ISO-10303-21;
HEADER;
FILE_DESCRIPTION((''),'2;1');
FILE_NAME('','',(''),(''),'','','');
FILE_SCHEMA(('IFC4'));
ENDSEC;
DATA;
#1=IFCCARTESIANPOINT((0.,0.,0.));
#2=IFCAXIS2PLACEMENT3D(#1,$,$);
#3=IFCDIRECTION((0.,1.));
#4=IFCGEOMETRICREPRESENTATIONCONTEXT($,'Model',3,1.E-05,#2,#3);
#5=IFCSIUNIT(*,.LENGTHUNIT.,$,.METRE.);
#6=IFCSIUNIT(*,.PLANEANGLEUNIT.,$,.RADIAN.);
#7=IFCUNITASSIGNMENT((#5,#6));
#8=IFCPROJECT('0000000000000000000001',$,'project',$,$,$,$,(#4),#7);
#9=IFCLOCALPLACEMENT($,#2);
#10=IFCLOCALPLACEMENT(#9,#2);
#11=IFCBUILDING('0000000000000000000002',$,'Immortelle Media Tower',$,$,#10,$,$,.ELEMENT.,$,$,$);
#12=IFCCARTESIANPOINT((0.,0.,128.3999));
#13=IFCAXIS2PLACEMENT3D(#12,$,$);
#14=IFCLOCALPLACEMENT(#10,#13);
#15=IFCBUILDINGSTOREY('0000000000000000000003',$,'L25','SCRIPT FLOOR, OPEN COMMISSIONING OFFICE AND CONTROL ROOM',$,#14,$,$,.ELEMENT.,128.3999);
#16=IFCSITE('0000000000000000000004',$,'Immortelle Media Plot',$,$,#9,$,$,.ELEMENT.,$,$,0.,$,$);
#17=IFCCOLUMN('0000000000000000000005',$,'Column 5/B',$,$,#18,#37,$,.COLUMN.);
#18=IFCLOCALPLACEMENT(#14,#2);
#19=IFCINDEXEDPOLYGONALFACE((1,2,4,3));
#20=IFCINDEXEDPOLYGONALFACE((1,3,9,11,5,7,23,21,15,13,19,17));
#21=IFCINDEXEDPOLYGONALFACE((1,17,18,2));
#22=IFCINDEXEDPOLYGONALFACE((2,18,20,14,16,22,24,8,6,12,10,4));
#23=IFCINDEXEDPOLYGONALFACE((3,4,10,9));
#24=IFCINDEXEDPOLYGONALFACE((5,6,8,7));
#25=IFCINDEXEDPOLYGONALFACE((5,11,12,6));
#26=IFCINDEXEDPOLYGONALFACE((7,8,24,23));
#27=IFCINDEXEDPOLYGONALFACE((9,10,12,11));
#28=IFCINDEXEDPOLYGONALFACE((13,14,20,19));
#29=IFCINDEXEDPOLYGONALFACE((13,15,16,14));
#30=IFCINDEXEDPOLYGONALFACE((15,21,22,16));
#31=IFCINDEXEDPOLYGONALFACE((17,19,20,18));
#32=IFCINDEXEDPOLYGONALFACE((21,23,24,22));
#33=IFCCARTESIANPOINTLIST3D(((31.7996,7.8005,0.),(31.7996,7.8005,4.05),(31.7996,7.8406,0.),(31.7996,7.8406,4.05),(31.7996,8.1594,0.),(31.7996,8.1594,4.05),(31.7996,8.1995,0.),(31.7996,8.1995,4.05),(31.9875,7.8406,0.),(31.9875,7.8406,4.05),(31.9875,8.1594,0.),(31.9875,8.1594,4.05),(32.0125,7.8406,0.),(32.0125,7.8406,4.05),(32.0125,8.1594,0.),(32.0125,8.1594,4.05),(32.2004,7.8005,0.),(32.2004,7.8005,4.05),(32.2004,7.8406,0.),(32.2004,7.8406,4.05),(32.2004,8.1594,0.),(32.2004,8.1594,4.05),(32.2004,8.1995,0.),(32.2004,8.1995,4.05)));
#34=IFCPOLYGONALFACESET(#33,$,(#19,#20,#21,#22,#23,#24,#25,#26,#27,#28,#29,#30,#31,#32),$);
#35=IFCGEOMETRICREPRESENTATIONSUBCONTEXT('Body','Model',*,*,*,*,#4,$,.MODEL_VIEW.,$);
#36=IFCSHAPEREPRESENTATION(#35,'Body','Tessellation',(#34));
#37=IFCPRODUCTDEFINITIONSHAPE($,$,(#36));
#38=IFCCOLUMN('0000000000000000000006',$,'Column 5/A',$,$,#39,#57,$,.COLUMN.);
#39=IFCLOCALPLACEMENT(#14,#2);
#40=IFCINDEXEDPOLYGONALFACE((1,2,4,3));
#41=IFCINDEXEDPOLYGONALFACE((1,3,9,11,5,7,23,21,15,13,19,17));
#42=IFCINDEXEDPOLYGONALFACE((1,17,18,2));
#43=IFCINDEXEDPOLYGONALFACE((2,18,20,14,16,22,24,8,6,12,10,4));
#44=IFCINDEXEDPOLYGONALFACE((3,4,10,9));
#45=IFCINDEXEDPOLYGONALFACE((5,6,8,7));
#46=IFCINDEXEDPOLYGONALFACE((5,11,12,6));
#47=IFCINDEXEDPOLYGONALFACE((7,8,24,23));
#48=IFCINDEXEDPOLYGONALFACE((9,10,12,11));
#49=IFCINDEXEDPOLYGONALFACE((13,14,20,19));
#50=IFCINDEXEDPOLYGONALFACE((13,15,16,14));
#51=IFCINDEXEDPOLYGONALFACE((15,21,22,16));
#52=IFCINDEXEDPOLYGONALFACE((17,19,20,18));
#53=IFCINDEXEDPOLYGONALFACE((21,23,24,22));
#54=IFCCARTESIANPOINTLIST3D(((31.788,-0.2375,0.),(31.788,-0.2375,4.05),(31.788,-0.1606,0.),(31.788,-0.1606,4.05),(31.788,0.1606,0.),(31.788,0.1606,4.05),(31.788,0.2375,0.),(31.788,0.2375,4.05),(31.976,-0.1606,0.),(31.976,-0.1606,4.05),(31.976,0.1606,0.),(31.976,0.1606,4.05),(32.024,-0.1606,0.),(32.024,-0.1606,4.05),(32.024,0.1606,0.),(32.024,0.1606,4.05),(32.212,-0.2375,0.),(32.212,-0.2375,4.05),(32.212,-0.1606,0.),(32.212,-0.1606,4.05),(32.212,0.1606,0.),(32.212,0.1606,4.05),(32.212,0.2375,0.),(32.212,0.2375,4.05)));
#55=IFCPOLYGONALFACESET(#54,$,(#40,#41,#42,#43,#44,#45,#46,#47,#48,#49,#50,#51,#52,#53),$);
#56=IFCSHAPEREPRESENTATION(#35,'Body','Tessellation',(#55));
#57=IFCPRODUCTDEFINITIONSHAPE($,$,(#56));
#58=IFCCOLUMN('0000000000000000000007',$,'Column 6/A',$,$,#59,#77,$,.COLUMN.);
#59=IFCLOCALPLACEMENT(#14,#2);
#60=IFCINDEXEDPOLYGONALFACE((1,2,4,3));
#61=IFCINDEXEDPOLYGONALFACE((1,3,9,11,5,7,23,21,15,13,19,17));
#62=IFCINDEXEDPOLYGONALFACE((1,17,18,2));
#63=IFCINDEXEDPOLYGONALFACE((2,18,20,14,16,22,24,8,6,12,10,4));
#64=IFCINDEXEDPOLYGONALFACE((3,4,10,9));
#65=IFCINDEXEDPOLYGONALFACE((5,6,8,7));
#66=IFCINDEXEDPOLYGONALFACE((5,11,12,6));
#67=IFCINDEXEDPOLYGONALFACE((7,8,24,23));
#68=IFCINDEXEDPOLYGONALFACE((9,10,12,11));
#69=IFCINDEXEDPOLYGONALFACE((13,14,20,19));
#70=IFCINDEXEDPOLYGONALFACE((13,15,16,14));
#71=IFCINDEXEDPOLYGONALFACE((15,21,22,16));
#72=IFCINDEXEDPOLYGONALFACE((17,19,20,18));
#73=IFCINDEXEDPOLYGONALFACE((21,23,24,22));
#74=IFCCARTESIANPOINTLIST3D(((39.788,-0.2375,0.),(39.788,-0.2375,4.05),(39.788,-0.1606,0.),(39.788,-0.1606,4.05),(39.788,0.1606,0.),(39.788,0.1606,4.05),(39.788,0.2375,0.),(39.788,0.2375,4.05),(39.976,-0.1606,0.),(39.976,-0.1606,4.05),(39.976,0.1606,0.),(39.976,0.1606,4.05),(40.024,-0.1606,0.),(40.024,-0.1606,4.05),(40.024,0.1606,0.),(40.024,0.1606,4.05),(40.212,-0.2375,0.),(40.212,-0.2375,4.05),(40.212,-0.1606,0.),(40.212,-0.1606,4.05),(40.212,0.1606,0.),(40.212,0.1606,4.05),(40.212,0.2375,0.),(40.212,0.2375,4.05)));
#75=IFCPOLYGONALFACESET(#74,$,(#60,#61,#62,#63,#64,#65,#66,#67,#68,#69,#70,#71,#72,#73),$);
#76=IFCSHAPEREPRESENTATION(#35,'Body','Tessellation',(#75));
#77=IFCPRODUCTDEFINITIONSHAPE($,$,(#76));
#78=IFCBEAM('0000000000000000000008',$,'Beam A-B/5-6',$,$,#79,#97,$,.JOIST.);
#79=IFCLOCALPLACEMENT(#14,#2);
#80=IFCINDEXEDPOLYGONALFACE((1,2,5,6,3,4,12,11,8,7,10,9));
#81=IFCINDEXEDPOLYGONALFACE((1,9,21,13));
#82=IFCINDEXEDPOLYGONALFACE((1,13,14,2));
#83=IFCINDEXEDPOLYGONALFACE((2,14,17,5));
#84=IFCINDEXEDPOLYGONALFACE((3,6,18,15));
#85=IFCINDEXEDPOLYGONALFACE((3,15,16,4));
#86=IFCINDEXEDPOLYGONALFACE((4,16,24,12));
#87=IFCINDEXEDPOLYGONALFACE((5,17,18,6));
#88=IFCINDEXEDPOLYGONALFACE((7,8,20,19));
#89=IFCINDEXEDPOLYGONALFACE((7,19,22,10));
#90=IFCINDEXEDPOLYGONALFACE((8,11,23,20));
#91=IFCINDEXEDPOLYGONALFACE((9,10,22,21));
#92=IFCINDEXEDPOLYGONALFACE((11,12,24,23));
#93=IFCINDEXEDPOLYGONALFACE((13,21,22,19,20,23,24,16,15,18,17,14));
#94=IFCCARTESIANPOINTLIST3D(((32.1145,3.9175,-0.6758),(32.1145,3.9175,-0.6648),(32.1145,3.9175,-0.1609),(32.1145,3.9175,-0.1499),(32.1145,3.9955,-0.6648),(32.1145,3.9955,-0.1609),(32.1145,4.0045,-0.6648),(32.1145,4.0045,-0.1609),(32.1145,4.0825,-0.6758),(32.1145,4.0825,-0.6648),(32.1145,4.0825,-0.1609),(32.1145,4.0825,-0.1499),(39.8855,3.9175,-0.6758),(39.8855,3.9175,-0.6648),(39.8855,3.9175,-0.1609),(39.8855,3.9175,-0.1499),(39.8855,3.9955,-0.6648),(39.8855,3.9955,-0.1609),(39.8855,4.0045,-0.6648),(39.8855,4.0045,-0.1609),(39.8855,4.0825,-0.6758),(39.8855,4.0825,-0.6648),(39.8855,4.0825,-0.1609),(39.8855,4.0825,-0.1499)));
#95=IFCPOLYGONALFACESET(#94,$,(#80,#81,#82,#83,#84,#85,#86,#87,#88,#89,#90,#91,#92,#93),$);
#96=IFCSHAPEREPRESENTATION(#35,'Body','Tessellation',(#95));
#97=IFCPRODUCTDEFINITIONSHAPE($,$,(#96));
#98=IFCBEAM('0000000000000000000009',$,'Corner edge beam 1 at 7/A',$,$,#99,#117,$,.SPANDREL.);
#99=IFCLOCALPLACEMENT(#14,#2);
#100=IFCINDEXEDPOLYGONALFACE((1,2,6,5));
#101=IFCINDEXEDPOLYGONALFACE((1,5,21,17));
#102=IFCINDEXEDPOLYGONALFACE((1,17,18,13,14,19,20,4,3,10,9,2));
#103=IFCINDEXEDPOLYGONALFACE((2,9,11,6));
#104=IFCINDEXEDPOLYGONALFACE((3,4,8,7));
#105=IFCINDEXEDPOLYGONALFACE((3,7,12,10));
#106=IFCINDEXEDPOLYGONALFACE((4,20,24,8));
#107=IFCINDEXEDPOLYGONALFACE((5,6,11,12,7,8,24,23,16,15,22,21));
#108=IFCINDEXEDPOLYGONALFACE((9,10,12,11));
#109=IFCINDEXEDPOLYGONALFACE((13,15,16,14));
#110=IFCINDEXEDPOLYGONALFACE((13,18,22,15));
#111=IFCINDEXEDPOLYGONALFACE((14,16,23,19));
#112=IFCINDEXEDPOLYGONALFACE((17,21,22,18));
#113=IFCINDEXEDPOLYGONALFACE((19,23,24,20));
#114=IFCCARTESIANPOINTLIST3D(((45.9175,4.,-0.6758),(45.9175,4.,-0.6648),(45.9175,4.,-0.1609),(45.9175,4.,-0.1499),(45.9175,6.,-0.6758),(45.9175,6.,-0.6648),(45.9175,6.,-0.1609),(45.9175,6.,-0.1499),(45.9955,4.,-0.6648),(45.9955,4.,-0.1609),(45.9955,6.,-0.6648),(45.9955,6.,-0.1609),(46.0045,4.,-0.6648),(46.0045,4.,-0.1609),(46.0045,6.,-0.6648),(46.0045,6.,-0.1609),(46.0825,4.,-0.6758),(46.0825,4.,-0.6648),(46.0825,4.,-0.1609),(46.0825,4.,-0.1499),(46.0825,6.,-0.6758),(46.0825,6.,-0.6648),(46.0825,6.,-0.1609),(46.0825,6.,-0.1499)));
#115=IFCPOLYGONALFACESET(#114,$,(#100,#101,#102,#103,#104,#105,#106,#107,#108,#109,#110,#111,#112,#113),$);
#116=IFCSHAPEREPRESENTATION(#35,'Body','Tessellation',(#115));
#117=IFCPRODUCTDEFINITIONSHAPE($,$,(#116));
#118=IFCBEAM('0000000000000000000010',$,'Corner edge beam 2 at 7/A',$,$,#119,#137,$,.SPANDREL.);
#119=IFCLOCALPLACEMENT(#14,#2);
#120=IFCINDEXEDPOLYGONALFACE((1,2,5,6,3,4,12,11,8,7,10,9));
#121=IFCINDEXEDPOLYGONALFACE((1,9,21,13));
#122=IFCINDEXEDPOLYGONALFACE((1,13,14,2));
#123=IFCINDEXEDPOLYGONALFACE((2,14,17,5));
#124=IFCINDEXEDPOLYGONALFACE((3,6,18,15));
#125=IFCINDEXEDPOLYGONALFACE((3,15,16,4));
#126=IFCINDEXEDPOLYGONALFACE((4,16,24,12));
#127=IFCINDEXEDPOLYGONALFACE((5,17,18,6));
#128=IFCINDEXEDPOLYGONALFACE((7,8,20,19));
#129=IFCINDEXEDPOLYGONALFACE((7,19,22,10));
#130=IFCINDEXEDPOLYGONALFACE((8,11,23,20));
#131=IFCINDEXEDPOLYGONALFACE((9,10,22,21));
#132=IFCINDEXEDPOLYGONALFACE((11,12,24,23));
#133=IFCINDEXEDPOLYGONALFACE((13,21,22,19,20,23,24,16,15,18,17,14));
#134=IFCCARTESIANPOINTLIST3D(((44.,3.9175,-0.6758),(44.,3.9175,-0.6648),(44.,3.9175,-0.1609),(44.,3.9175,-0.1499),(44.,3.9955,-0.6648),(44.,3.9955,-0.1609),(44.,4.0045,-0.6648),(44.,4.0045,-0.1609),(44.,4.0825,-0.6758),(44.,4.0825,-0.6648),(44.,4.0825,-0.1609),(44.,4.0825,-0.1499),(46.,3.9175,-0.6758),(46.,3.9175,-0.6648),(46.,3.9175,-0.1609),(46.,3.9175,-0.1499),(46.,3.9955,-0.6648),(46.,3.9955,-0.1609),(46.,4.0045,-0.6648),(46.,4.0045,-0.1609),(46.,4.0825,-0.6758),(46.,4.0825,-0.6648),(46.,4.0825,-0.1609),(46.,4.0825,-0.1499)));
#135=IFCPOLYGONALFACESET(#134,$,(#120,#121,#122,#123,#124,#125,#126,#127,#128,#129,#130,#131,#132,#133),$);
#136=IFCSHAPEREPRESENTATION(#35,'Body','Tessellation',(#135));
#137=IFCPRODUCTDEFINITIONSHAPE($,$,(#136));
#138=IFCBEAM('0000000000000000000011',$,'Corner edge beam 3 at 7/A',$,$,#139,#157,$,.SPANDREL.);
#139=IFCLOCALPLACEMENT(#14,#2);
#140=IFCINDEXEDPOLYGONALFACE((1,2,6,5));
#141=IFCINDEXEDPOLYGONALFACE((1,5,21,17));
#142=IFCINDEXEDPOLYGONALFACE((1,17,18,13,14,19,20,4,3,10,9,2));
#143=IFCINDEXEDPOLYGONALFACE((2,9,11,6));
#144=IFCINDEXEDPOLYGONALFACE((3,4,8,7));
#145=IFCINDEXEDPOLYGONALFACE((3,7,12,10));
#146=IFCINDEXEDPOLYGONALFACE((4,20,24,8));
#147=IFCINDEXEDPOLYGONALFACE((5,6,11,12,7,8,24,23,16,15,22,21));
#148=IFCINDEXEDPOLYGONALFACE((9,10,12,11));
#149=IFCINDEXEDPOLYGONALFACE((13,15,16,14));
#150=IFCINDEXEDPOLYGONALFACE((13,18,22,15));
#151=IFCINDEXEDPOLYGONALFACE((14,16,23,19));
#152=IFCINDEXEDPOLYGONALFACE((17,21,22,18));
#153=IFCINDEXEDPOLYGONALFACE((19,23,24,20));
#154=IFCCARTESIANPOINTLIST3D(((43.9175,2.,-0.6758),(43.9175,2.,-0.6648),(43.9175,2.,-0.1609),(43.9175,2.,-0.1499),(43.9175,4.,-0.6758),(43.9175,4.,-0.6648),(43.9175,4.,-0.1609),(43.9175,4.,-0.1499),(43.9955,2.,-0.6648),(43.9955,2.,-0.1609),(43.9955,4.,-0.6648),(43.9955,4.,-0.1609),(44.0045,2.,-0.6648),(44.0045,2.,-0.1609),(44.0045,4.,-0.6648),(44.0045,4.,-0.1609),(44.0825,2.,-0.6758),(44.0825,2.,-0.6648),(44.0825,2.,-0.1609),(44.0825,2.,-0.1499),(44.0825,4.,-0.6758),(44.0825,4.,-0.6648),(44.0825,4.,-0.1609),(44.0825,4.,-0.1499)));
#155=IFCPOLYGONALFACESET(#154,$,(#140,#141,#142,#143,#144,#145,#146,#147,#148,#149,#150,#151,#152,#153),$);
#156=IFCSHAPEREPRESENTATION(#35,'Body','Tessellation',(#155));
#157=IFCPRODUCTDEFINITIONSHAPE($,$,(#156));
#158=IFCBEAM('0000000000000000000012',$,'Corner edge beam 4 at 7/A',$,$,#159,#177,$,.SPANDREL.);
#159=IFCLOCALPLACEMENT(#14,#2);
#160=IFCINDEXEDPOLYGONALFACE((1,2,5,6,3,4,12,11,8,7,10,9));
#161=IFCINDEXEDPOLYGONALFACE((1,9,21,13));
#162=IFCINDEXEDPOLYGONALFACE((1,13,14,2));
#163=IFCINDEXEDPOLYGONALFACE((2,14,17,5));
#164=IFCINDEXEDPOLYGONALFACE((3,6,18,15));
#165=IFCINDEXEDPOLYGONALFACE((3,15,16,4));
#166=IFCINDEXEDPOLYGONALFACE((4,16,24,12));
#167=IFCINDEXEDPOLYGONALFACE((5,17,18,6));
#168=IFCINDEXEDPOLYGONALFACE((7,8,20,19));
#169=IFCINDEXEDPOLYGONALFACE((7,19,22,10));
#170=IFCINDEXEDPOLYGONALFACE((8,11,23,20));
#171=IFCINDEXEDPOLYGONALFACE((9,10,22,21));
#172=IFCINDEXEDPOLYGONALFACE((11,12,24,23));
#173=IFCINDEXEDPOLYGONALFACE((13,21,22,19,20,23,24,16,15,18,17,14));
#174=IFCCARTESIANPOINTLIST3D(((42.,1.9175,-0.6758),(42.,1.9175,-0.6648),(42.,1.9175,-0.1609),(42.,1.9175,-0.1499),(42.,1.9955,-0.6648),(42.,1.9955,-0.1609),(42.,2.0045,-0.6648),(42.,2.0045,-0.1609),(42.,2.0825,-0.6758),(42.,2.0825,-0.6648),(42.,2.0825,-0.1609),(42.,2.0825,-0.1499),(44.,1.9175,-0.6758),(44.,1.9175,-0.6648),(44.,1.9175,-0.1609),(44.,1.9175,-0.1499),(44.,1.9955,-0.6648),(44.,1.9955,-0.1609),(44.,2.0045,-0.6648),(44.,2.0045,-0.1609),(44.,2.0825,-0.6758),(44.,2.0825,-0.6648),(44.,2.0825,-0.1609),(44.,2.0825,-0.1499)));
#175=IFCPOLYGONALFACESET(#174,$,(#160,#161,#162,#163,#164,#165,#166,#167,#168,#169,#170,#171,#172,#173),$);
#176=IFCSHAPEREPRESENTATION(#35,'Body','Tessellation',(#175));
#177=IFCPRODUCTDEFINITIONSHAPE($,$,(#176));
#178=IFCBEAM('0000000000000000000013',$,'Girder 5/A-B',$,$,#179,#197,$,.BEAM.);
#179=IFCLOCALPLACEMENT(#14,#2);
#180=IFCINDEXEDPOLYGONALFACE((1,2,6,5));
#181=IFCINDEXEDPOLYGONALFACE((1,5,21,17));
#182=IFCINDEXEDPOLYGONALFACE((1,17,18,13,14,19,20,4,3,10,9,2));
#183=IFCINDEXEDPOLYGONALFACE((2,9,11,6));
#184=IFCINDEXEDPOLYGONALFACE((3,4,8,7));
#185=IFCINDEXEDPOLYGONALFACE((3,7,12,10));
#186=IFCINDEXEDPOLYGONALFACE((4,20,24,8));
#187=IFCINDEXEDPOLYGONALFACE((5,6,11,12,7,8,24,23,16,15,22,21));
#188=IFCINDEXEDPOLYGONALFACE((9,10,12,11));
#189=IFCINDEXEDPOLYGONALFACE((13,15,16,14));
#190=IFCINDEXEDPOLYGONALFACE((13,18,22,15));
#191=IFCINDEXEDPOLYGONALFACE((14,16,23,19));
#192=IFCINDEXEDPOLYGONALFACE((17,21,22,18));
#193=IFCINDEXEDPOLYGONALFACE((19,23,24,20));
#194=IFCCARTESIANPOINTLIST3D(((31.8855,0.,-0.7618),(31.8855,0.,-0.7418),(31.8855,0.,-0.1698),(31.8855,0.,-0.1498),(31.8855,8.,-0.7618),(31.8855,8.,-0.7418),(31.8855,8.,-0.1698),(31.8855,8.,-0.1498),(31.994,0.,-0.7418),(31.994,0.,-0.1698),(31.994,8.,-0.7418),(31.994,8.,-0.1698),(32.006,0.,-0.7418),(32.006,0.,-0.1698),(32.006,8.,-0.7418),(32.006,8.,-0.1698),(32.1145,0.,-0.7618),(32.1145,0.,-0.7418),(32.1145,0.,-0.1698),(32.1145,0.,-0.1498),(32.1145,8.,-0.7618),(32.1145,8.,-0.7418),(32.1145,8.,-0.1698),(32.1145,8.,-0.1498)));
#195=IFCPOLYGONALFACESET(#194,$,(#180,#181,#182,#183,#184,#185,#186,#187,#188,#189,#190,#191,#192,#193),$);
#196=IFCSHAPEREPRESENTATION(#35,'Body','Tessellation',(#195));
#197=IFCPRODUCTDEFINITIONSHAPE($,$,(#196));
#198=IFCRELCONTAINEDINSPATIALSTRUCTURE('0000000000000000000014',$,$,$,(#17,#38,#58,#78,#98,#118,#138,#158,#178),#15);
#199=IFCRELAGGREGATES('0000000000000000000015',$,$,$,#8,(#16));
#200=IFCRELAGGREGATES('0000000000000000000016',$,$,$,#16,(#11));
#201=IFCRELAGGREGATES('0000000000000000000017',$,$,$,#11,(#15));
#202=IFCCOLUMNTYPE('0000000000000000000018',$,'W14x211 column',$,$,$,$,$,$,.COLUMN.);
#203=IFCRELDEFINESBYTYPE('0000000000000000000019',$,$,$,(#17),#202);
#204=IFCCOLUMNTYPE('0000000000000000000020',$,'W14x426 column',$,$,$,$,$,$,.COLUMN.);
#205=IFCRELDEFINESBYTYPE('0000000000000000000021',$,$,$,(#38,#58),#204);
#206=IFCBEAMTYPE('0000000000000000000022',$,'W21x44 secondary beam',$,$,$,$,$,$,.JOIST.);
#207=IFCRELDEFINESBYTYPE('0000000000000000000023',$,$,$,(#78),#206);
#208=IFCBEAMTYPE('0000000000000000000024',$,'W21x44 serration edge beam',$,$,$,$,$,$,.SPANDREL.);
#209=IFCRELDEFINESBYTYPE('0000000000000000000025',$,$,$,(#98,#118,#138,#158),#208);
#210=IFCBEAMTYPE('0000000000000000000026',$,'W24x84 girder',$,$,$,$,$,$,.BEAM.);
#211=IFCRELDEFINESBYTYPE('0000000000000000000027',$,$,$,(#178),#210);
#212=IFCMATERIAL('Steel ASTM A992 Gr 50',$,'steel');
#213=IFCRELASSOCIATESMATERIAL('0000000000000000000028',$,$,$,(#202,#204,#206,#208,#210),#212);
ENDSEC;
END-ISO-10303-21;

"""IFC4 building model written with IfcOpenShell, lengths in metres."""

from ifc_helpers import new_model, si_unit, direction, frame, origin, origin_2d, place, context, subcontext, project, spatial, i_section, extrude, material, material_profile, profile_set, type_object, element, save


model = new_model("IFC4")

# Units and contexts
model_context = context("Model", 3, precision=1e-05, world=origin(), true_north=direction((0.0, 1.0)))
body_context = subcontext(model_context, "Body", "Model", "MODEL_VIEW")
ifc_project = project(units=[si_unit("LENGTHUNIT", "METRE"), si_unit("PLANEANGLEUNIT", "RADIAN")], contexts=[model_context])

# Site, building, storey
site_placement = place(None, origin())
site = spatial("IfcSite", under=ifc_project, at=site_placement, Name="Immortelle Media Plot", CompositionType="ELEMENT", RefElevation=0.0)
building_placement = place(site_placement, origin())
building = spatial("IfcBuilding", under=site, at=building_placement, Name="Immortelle Media Tower", CompositionType="ELEMENT")
storey_placement = place(building_placement, frame((0.0, 0.0, 128.3999)))
storey = spatial("IfcBuildingStorey", under=building, at=storey_placement, Name="L25", Description="SCRIPT FLOOR, OPEN COMMISSIONING OFFICE AND CONTROL ROOM", CompositionType="ELEMENT", Elevation=128.3999)

# Columns
ifc_material_1 = material(Name="Steel ASTM A992 Gr 50", Category="steel")
ifc_material_profile_1 = material_profile(ifc_material_1, i_section(OverallWidth=0.4009, OverallDepth=0.3989, WebThickness=0.0249, FlangeThickness=0.04, at=origin_2d()), Name="W14x211")
ifc_profile_set_1 = profile_set([ifc_material_profile_1], Name="Steel ASTM A992 Gr 50")
column_type_1 = type_object("IfcColumnType", Name="W14x211 column", PredefinedType="COLUMN", material=ifc_profile_set_1)
column_placement = place(storey_placement, frame((32.0, 8.0, 0.0), z_axis=(0.0, 0.0, 1.0), x_axis=(1.0, 0.0, 0.0)))
element("IfcColumn", 1, at=column_placement, inside=storey, type_object=column_type_1, Name="Column 5/B", PredefinedType="COLUMN", context=body_context, shape_type="SweptSolid", body=[
    extrude(i_section(OverallWidth=0.4009, OverallDepth=0.3989, WebThickness=0.0249, FlangeThickness=0.04, at=origin_2d()), origin(), (0.0, 0.0, 1.0), 4.05),
])
ifc_material_profile_2 = material_profile(ifc_material_1, i_section(OverallWidth=0.4241, OverallDepth=0.4751, WebThickness=0.0481, FlangeThickness=0.0769, at=origin_2d()), Name="W14x426")
ifc_profile_set_2 = profile_set([ifc_material_profile_2], Name="Steel ASTM A992 Gr 50")
column_type_2 = type_object("IfcColumnType", Name="W14x426 column", PredefinedType="COLUMN", material=ifc_profile_set_2)
for number, where, z_axis, x_axis, name in (
    (2, (32.0, 0.0, 0.0), (0.0, 0.0, 1.0), (1.0, 0.0, 0.0), "Column 5/A"),
    (3, (40.0, 0.0, 0.0), (0.0, 0.0, 1.0), (1.0, 0.0, 0.0), "Column 6/A"),
):
    element("IfcColumn", number, at=place(storey_placement, frame(where, z_axis=z_axis, x_axis=x_axis)), inside=storey, type_object=column_type_2, Name=name, PredefinedType="COLUMN", context=body_context, shape_type="SweptSolid", body=[
        extrude(i_section(OverallWidth=0.4241, OverallDepth=0.4751, WebThickness=0.0481, FlangeThickness=0.0769, at=origin_2d()), origin(), (0.0, 0.0, 1.0), 4.05),
    ])

# Beams
ifc_material_profile_3 = material_profile(ifc_material_1, i_section(OverallWidth=0.165, OverallDepth=0.5259, WebThickness=0.009, FlangeThickness=0.011, at=origin_2d()), Name="W21x44")
ifc_profile_set_3 = profile_set([ifc_material_profile_3], Name="Steel ASTM A992 Gr 50")
beam_type_1 = type_object("IfcBeamType", Name="W21x44 secondary beam", PredefinedType="JOIST", material=ifc_profile_set_3)
beam_1_placement = place(storey_placement, frame((32.1145, 4.0, -0.4128), z_axis=(1.0, 0.0, 0.0), x_axis=(0.0, 1.0, 0.0)))
element("IfcBeam", 4, at=beam_1_placement, inside=storey, type_object=beam_type_1, Name="Beam A-B/5-6", PredefinedType="JOIST", context=body_context, shape_type="SweptSolid", body=[
    extrude(i_section(OverallWidth=0.165, OverallDepth=0.5259, WebThickness=0.009, FlangeThickness=0.011, at=origin_2d()), origin(), (0.0, 0.0, 1.0), 7.771),
])
ifc_material_profile_4 = material_profile(ifc_material_1, i_section(OverallWidth=0.165, OverallDepth=0.5259, WebThickness=0.009, FlangeThickness=0.011, at=origin_2d()), Name="W21x44")
ifc_profile_set_4 = profile_set([ifc_material_profile_4], Name="Steel ASTM A992 Gr 50")
beam_type_2 = type_object("IfcBeamType", Name="W21x44 serration edge beam", PredefinedType="SPANDREL", material=ifc_profile_set_4)
for number, where, z_axis, x_axis, name in (
    (5, (46.0, 6.0, -0.4128), (0.0, -1.0, 0.0), (1.0, 0.0, 0.0), "Corner edge beam 1 at 7/A"),
    (6, (46.0, 4.0, -0.4128), (-1.0, 0.0, 0.0), (0.0, -1.0, 0.0), "Corner edge beam 2 at 7/A"),
    (7, (44.0, 4.0, -0.4128), (0.0, -1.0, 0.0), (1.0, 0.0, 0.0), "Corner edge beam 3 at 7/A"),
    (8, (44.0, 2.0, -0.4128), (-1.0, 0.0, 0.0), (0.0, -1.0, 0.0), "Corner edge beam 4 at 7/A"),
):
    element("IfcBeam", number, at=place(storey_placement, frame(where, z_axis=z_axis, x_axis=x_axis)), inside=storey, type_object=beam_type_2, Name=name, PredefinedType="SPANDREL", context=body_context, shape_type="SweptSolid", body=[
        extrude(i_section(OverallWidth=0.165, OverallDepth=0.5259, WebThickness=0.009, FlangeThickness=0.011, at=origin_2d()), origin(), (0.0, 0.0, 1.0), 2.0),
    ])
ifc_material_profile_5 = material_profile(ifc_material_1, i_section(OverallWidth=0.229, OverallDepth=0.6121, WebThickness=0.012, FlangeThickness=0.02, at=origin_2d()), Name="W24x84")
ifc_profile_set_5 = profile_set([ifc_material_profile_5], Name="Steel ASTM A992 Gr 50")
beam_type_3 = type_object("IfcBeamType", Name="W24x84 girder", PredefinedType="BEAM", material=ifc_profile_set_5)
for number, where, z_axis, x_axis, name in (
    (9, (32.0, 0.0, -0.4558), (0.0, 1.0, 0.0), (-1.0, 0.0, 0.0), "Girder 5/A-B"),
):
    element("IfcBeam", number, at=place(storey_placement, frame(where, z_axis=z_axis, x_axis=x_axis)), inside=storey, type_object=beam_type_3, Name=name, PredefinedType="BEAM", context=body_context, shape_type="SweptSolid", body=[
        extrude(i_section(OverallWidth=0.229, OverallDepth=0.6121, WebThickness=0.012, FlangeThickness=0.02, at=origin_2d()), origin(), (0.0, 0.0, 1.0), 8.0),
    ])

save(model, "model.ifc")
